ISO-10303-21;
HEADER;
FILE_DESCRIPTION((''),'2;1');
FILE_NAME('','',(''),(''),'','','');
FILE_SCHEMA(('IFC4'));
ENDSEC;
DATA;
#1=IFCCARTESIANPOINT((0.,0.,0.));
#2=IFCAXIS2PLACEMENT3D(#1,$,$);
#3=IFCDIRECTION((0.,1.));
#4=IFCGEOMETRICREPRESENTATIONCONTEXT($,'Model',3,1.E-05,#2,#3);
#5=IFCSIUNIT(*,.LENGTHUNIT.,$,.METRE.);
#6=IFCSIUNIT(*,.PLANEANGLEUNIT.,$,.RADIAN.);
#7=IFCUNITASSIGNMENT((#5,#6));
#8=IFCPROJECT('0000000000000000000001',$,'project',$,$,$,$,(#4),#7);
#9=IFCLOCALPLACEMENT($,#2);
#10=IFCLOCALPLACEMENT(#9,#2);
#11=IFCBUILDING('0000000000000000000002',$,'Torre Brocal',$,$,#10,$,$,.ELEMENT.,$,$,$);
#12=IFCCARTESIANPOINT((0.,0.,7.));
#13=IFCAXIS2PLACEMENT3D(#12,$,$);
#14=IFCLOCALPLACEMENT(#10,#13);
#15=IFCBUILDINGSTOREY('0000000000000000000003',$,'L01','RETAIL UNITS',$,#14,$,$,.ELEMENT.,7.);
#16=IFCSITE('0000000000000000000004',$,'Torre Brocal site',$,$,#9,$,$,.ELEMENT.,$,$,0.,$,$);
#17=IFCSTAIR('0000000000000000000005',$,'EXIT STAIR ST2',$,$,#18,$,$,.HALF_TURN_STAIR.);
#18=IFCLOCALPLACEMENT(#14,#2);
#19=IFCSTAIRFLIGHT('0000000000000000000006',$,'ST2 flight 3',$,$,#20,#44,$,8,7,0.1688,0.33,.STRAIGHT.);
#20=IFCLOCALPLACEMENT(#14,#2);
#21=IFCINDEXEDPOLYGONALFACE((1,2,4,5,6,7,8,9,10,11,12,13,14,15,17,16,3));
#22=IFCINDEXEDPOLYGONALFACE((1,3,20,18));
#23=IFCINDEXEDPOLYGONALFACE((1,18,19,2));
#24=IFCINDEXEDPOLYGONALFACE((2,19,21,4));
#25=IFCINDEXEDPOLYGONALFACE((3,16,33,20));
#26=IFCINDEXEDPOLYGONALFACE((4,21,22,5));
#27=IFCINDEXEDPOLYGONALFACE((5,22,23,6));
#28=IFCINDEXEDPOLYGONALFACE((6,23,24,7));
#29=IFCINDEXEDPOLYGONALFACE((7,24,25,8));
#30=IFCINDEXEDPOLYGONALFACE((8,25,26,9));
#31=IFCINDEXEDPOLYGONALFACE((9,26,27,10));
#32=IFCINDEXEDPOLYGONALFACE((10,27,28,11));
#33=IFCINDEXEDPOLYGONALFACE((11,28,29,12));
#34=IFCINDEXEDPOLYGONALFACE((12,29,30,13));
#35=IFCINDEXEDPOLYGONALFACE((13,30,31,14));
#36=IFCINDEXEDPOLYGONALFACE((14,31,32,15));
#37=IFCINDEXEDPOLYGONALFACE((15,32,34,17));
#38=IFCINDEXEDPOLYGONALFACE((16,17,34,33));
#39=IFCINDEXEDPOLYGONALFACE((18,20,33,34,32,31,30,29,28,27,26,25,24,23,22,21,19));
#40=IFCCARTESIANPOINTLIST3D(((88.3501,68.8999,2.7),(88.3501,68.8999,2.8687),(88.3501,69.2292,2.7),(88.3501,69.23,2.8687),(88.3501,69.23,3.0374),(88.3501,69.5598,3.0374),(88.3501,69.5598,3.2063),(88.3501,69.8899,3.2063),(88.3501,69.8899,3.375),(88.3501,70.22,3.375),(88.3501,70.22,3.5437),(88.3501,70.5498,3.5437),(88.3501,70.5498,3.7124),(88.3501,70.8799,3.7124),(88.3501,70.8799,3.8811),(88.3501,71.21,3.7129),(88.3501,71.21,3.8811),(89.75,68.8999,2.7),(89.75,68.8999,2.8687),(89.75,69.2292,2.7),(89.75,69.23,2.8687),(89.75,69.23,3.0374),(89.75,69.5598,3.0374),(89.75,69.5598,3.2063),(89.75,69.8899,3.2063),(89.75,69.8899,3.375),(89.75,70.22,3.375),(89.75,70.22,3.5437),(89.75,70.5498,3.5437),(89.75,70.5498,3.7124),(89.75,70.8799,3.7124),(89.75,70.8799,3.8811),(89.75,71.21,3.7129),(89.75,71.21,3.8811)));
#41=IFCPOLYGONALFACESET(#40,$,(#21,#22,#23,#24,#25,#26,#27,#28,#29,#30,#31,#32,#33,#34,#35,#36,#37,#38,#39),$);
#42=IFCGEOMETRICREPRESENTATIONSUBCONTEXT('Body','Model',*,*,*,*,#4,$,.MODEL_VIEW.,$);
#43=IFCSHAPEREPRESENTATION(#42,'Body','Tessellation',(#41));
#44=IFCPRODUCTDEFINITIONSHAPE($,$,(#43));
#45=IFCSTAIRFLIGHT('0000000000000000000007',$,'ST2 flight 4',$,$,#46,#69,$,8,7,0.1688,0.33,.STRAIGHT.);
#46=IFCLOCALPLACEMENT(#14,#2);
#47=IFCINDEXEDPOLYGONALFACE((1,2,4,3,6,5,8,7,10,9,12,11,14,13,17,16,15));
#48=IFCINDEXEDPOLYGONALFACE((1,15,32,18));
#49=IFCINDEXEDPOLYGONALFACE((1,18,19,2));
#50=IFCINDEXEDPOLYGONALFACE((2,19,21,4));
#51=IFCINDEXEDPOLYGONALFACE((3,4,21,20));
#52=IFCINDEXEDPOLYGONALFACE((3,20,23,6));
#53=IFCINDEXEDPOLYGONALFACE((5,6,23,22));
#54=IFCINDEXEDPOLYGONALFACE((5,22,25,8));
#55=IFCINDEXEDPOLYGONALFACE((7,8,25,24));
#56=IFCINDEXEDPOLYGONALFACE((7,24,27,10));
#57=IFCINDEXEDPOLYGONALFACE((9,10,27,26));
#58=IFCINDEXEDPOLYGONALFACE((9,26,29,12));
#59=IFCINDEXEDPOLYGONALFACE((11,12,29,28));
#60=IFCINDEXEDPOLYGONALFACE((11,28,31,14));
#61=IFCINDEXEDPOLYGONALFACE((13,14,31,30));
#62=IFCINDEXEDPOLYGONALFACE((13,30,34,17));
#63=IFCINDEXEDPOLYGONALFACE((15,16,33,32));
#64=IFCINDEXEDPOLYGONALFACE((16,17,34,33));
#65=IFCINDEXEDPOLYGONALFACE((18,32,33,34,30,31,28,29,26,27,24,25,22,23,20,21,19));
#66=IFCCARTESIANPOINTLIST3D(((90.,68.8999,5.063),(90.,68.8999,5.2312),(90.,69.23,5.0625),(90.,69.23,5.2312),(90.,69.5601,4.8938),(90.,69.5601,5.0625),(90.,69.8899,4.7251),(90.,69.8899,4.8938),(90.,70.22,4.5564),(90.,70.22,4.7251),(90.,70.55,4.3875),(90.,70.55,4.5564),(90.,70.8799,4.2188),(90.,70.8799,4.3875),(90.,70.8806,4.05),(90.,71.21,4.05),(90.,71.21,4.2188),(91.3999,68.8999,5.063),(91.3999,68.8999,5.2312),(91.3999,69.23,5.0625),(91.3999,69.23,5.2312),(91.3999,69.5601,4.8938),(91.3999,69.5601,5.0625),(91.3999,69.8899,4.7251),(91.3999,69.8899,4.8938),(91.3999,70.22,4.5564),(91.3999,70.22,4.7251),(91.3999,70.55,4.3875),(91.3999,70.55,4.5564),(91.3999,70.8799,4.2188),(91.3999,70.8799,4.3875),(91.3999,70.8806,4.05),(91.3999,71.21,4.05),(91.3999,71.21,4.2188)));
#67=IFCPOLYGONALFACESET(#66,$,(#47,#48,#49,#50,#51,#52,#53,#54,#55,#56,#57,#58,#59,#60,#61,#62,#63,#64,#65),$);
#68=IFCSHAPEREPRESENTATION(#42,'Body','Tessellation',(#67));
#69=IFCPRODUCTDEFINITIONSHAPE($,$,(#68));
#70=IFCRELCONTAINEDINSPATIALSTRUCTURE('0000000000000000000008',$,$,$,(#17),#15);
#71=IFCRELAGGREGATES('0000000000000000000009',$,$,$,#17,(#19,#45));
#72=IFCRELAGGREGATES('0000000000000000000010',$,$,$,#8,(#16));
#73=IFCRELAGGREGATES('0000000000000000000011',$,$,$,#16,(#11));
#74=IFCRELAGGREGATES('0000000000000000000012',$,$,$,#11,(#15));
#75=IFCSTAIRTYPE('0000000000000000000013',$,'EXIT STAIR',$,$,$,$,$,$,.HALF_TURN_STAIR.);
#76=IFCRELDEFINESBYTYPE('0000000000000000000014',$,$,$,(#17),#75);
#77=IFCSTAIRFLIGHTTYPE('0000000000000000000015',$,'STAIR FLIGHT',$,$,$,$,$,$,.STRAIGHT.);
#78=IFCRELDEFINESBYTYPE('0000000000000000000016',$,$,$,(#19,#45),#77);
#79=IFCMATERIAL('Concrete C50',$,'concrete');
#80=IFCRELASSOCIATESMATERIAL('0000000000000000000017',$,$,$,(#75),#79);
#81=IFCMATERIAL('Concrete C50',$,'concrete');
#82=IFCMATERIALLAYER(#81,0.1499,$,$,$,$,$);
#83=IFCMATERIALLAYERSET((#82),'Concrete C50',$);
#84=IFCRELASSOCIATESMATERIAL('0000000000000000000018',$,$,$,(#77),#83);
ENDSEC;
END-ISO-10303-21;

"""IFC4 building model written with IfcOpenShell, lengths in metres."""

from ifc_helpers import new_model, si_unit, direction, frame, origin, place, context, subcontext, project, spatial, polyline, outline, extrude, material, layer, layer_set, type_object, element, aggregate, save


model = new_model("IFC4")

# Units and contexts
model_context = context("Model", 3, precision=1e-05, world=origin(), true_north=direction((0.0, 1.0)))
body_context = subcontext(model_context, "Body", "Model", "MODEL_VIEW")
ifc_project = project(units=[si_unit("LENGTHUNIT", "METRE"), si_unit("PLANEANGLEUNIT", "RADIAN")], contexts=[model_context])

# Site, building, storey
site_placement = place(None, origin())
site = spatial("IfcSite", under=ifc_project, at=site_placement, Name="Torre Brocal site", CompositionType="ELEMENT", RefElevation=0.0)
building_placement = place(site_placement, origin())
building = spatial("IfcBuilding", under=site, at=building_placement, Name="Torre Brocal", CompositionType="ELEMENT")
storey_placement = place(building_placement, frame((0.0, 0.0, 7.0)))
storey = spatial("IfcBuildingStorey", under=building, at=storey_placement, Name="L01", Description="RETAIL UNITS", CompositionType="ELEMENT", Elevation=7.0)

# Stair, stair flights
ifc_material_1 = material(Name="Concrete C50", Category="concrete")
stair_type = type_object("IfcStairType", Name="EXIT STAIR", PredefinedType="HALF_TURN_STAIR", material=ifc_material_1)
stair_placement = place(storey_placement, origin())
stair = element("IfcStair", 1, at=stair_placement, inside=storey, type_object=stair_type, Name="EXIT STAIR ST2", PredefinedType="HALF_TURN_STAIR")
ifc_material_2 = material(Name="Concrete C50", Category="concrete")
ifc_layer_1 = layer(ifc_material_2, 0.1499)
ifc_layer_set_1 = layer_set([ifc_layer_1], Name="Concrete C50")
stair_flight_type = type_object("IfcStairFlightType", Name="STAIR FLIGHT", PredefinedType="STRAIGHT", material=ifc_layer_set_1)
stair_flight_1_placement = place(storey_placement, frame((89.05, 68.8999, 2.7), z_axis=(0.0, 0.0, 1.0), x_axis=(0.0, 1.0, 0.0)))
stair_flight_1 = element("IfcStairFlight", 2, at=stair_flight_1_placement, type_object=stair_flight_type, Name="ST2 flight 3", NumberOfRisers=8, NumberOfTreads=7, PredefinedType="STRAIGHT", RiserHeight=0.1688, TreadLength=0.33, context=body_context, shape_type="SweptSolid", body=[
    extrude(outline(polyline([(0.0, 0.0), (0.0, 0.1687), (0.3301, 0.1687), (0.3301, 0.3374), (0.6599, 0.3374), (0.6599, 0.5063), (0.99, 0.5063), (0.99, 0.675), (1.3201, 0.675), (1.3201, 0.8438), (1.6499, 0.8438), (1.6499, 1.0125), (1.98, 1.0125), (1.98, 1.1812), (2.3101, 1.1812), (2.3101, 1.3501), (2.3101, 1.0129), (0.3293, 0.0), (0.0, 0.0)])), frame((0.0, 0.7, 0.0), z_axis=(0.0, -1.0, 0.0), x_axis=(1.0, 0.0, 0.0)), (0.0, 0.0, 1.0), 1.3999),
])
stair_flight_2_placement = place(storey_placement, frame((90.7, 71.21, 4.05), z_axis=(0.0, 0.0, 1.0), x_axis=(0.0, -1.0, 0.0)))
stair_flight_2 = element("IfcStairFlight", 3, at=stair_flight_2_placement, type_object=stair_flight_type, Name="ST2 flight 4", NumberOfRisers=8, NumberOfTreads=7, PredefinedType="STRAIGHT", RiserHeight=0.1688, TreadLength=0.33, context=body_context, shape_type="SweptSolid", body=[
    extrude(outline(polyline([(0.0, 0.0), (0.0, 0.1687), (0.3301, 0.1687), (0.3301, 0.3374), (0.6599, 0.3374), (0.6599, 0.5063), (0.99, 0.5063), (0.99, 0.675), (1.3201, 0.675), (1.3201, 0.8438), (1.6499, 0.8438), (1.6499, 1.0125), (1.98, 1.0125), (1.98, 1.1812), (2.3101, 1.1812), (2.3101, 1.3501), (2.3101, 1.0129), (0.3293, 0.0), (0.0, 0.0)])), frame((0.0, 0.7, 0.0), z_axis=(0.0, -1.0, 0.0), x_axis=(1.0, 0.0, 0.0)), (0.0, 0.0, 1.0), 1.3999),
])
aggregate(stair, [stair_flight_1, stair_flight_2])

save(model, "model.ifc")
